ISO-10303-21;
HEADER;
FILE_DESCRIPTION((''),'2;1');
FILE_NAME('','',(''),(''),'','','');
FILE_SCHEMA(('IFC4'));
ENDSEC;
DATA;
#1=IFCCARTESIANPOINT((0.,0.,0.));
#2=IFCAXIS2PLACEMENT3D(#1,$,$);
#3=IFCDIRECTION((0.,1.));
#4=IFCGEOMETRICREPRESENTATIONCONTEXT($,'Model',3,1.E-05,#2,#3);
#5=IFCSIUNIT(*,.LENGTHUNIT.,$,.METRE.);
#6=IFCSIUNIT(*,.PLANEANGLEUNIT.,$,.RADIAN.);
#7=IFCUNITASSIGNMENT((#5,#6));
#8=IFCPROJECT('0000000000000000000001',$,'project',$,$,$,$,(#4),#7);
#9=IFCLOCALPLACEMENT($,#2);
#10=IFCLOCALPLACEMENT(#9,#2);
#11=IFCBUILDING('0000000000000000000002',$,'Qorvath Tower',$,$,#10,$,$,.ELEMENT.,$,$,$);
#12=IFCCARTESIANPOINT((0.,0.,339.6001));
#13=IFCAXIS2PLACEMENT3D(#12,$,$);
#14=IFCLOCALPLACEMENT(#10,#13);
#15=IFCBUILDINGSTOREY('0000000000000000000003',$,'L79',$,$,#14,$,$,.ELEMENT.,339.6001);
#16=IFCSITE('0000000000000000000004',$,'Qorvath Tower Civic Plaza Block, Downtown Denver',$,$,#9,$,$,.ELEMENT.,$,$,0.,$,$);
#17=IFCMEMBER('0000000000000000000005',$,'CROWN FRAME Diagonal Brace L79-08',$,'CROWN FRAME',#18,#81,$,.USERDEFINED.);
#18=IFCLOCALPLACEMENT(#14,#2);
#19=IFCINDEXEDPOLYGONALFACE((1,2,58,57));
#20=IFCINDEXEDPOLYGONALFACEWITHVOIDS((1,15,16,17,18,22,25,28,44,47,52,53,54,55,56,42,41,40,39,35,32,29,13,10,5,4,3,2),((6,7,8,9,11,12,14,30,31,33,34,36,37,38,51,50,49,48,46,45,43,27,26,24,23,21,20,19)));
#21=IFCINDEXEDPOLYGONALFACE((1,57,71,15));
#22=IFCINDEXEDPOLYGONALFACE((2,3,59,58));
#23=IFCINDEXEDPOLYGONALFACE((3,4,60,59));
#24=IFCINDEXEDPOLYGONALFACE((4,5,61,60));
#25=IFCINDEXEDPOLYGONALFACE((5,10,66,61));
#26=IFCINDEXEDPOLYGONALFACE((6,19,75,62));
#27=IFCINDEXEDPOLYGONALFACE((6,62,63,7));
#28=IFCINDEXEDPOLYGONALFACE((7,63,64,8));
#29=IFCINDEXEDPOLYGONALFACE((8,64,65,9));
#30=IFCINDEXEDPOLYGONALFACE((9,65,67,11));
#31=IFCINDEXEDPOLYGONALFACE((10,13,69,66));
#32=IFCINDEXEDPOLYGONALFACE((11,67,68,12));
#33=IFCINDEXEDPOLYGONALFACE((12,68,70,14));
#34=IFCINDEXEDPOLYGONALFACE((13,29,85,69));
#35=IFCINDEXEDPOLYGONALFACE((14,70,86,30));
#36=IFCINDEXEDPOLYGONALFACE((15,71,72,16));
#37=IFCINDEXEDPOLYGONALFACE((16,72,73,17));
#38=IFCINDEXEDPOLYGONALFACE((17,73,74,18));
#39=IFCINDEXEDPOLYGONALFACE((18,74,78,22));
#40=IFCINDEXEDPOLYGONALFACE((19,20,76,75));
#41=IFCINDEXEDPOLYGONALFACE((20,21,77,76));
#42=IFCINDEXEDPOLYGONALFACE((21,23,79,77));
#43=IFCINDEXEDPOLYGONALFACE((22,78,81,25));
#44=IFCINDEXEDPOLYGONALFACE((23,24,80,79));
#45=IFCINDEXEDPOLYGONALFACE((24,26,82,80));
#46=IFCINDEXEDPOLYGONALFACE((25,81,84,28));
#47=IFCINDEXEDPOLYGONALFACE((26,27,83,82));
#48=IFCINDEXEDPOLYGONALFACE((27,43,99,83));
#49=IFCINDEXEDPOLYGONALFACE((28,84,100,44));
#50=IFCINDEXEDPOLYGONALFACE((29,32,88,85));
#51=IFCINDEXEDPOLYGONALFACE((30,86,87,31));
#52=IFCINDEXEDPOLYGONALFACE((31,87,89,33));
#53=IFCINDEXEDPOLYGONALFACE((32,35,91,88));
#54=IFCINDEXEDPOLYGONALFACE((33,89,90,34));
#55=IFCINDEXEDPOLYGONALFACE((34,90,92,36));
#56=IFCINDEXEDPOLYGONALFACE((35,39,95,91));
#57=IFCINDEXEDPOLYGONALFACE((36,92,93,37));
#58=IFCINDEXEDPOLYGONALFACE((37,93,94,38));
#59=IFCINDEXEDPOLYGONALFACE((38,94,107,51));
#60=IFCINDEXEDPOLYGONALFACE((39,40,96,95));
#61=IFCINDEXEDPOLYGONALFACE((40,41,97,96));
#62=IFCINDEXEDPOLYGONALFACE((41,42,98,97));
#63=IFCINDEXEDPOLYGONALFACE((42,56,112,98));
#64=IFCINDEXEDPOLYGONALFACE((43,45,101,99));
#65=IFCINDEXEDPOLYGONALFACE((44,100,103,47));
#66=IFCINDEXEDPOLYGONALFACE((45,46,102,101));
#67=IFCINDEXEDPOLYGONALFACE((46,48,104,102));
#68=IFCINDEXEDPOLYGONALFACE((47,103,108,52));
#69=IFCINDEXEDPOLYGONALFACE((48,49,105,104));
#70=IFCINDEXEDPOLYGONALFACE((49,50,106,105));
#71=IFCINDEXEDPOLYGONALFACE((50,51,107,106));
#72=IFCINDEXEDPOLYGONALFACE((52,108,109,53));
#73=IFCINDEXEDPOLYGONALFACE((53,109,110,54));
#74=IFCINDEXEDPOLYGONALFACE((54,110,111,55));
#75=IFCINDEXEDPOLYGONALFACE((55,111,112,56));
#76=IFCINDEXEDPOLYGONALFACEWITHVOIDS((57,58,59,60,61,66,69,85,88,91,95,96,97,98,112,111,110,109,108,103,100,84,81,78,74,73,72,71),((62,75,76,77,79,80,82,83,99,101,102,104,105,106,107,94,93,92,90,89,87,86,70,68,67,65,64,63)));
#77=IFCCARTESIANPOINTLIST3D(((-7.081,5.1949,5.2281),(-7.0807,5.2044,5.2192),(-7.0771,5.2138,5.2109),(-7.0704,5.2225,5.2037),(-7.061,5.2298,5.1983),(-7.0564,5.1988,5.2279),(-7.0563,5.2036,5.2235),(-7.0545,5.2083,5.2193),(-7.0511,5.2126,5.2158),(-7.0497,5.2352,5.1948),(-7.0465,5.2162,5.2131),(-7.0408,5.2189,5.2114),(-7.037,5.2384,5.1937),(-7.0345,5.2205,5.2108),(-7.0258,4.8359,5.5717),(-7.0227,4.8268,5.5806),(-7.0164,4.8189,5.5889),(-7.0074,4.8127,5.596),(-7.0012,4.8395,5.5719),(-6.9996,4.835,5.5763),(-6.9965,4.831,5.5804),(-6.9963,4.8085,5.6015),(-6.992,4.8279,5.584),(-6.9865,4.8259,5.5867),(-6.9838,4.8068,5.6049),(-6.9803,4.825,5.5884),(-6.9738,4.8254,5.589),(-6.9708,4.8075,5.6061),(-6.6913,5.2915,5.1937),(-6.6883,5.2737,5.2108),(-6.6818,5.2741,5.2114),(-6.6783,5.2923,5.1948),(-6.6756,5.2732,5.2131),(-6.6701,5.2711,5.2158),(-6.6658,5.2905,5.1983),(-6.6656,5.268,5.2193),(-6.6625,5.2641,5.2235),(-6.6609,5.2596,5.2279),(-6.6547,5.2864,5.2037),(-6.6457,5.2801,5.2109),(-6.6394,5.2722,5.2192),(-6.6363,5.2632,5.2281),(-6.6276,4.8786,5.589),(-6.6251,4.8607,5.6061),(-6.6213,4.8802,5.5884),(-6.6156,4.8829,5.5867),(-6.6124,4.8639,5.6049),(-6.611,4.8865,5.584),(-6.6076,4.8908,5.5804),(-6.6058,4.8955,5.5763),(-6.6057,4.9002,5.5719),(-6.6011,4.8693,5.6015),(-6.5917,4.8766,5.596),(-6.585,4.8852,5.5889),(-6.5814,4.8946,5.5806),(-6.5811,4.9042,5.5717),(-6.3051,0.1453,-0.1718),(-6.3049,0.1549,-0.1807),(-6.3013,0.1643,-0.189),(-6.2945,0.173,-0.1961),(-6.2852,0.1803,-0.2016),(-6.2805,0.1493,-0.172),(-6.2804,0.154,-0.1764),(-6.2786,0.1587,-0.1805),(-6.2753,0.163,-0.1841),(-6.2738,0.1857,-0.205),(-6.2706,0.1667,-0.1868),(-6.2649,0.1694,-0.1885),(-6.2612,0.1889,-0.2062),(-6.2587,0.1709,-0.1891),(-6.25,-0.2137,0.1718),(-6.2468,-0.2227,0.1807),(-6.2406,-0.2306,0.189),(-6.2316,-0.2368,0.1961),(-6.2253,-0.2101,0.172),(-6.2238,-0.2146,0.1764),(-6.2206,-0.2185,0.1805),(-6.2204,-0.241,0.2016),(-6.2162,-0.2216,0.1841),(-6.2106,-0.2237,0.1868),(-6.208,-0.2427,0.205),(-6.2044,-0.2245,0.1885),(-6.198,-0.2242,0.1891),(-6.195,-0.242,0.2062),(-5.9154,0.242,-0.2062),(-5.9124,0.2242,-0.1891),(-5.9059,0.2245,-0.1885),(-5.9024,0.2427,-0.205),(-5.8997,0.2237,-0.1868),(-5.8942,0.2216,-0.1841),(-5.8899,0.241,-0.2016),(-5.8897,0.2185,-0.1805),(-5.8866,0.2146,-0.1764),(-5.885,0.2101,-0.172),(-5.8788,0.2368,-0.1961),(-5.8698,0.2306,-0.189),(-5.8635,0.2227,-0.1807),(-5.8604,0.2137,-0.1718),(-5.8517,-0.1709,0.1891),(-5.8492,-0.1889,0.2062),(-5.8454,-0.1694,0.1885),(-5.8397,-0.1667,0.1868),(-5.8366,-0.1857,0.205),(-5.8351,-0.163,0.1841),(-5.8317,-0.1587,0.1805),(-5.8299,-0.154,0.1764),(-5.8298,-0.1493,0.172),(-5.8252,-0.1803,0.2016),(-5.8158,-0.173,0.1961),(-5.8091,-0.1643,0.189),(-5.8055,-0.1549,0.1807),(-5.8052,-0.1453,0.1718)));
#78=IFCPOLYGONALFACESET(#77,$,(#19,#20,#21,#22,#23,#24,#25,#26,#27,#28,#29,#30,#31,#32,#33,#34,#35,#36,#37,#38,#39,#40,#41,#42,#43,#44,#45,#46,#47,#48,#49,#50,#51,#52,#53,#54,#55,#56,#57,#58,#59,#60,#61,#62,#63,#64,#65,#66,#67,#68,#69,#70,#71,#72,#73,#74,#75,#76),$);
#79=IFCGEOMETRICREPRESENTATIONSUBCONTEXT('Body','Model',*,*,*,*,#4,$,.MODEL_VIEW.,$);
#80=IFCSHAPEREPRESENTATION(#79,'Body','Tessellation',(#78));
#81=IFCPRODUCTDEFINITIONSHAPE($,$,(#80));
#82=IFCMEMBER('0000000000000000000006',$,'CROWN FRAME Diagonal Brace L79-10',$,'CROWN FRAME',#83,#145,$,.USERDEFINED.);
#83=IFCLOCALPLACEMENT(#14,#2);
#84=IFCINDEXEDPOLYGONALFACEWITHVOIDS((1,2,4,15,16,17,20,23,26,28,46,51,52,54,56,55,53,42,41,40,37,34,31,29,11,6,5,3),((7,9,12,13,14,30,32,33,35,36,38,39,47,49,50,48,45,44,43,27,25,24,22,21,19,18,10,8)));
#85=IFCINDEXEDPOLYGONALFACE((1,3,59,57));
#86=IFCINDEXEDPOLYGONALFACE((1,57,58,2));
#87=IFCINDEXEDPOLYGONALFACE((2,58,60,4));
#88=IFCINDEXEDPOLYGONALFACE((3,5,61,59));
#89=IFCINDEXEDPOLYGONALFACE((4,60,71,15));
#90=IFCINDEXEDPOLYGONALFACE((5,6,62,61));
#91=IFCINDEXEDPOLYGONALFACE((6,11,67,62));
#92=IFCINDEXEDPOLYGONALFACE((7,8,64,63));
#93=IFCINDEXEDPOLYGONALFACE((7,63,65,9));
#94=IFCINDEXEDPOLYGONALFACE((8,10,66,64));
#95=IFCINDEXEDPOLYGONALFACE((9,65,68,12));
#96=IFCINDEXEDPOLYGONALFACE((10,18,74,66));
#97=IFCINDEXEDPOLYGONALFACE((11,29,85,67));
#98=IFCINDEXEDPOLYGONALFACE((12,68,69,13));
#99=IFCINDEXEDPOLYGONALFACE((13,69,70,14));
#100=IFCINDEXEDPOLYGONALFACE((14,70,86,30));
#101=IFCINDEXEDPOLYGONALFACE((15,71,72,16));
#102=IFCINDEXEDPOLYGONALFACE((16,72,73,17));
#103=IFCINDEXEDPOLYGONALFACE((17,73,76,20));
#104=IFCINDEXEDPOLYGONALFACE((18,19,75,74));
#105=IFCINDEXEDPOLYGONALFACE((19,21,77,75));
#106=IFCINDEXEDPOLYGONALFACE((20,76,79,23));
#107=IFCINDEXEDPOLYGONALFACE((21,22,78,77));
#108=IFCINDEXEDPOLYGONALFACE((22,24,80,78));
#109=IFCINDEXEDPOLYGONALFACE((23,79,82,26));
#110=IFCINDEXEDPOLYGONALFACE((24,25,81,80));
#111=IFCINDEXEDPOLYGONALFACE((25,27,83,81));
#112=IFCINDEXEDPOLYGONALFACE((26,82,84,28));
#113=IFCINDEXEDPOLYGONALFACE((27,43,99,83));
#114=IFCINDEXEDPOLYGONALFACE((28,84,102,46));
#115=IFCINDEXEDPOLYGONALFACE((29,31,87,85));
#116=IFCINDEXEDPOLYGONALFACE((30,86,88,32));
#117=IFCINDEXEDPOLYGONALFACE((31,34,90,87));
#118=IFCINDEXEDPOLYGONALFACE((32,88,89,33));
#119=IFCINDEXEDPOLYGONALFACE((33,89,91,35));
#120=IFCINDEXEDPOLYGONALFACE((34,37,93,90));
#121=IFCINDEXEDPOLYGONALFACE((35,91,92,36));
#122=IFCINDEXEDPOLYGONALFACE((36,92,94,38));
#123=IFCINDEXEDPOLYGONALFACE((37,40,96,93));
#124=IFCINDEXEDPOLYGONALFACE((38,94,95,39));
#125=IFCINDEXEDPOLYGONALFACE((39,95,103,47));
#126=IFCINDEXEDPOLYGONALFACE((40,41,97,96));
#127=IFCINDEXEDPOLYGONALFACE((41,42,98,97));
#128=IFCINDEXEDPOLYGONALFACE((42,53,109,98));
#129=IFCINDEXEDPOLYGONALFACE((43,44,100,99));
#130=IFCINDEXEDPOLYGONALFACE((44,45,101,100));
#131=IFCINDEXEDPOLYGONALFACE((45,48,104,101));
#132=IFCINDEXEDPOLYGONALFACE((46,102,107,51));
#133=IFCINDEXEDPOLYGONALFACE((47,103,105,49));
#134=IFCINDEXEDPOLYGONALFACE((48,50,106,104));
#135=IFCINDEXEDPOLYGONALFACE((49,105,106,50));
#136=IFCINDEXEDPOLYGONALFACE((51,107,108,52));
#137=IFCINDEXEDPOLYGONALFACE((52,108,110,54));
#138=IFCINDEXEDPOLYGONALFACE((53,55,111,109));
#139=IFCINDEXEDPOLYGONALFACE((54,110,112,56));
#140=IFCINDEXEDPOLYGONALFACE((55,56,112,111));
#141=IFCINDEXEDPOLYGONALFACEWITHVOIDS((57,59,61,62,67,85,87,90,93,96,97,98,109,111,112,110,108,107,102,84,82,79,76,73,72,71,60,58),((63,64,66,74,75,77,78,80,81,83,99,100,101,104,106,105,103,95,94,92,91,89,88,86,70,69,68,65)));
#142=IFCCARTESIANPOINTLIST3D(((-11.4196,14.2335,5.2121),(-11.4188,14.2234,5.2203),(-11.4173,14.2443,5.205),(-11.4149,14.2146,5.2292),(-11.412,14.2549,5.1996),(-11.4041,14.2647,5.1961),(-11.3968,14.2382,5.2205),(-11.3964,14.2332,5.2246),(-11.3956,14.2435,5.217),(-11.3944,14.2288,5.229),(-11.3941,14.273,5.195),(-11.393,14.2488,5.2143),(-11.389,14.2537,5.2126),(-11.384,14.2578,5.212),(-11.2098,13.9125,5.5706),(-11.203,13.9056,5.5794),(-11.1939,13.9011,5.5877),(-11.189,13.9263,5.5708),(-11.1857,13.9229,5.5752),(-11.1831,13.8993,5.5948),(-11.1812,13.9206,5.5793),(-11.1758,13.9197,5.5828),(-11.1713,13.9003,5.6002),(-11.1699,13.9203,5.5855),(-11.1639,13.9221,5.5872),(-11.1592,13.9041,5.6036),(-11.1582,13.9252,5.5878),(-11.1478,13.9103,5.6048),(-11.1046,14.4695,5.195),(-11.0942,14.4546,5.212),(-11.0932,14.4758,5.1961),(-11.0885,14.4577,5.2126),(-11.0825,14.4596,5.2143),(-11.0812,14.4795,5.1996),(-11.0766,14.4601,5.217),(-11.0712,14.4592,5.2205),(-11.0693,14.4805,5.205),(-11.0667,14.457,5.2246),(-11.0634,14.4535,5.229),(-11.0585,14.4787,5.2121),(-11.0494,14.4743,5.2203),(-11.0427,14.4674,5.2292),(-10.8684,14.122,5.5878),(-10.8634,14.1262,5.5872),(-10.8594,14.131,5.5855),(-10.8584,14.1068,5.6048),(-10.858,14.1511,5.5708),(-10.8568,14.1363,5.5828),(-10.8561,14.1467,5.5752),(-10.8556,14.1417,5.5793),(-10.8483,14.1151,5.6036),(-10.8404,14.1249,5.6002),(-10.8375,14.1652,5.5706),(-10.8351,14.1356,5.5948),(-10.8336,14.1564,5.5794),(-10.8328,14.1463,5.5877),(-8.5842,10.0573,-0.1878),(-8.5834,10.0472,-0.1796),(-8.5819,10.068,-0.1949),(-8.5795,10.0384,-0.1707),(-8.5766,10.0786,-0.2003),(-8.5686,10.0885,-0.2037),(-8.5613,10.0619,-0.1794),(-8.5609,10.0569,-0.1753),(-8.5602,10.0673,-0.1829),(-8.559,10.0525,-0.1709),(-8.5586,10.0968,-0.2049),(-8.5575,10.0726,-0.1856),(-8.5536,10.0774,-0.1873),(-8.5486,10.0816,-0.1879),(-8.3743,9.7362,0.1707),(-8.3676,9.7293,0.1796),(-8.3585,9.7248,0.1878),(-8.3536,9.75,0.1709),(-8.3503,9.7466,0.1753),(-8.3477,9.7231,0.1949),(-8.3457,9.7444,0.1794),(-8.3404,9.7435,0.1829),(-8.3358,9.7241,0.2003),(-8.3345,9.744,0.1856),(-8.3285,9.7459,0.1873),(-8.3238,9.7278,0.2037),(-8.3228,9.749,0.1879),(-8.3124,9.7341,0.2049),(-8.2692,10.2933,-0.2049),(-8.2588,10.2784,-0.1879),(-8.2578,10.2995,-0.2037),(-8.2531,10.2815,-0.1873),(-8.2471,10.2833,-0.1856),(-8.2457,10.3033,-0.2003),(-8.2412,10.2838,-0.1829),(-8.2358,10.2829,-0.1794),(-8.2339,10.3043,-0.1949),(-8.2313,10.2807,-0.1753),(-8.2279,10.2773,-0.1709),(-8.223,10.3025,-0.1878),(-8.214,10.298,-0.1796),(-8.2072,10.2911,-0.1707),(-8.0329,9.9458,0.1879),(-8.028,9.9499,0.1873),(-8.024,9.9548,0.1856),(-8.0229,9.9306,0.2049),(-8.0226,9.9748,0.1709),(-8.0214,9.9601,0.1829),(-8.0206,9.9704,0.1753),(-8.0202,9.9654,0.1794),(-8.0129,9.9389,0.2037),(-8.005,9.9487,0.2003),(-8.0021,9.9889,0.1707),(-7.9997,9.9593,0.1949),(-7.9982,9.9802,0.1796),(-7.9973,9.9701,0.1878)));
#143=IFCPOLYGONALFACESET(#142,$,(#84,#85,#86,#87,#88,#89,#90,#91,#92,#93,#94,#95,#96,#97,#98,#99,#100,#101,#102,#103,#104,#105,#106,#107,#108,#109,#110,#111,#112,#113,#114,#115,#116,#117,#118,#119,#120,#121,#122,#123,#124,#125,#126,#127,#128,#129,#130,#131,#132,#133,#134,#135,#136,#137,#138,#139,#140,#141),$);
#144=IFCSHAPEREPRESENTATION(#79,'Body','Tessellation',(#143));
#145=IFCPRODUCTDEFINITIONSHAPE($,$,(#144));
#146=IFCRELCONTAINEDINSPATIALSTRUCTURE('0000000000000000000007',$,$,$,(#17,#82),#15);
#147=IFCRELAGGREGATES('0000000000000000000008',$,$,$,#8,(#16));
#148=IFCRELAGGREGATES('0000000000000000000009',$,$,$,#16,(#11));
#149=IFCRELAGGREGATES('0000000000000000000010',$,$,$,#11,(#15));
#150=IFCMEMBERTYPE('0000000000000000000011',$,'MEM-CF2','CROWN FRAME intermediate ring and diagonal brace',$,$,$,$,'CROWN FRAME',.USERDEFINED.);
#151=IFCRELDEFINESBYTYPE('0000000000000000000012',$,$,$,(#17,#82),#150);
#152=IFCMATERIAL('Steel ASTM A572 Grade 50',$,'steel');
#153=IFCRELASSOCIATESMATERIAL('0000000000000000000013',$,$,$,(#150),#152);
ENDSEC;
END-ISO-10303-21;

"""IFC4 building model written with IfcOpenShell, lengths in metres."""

from ifc_helpers import new_model, si_unit, direction, frame, origin, origin_2d, place, context, subcontext, project, spatial, hollow_rectangle, extrude, material, material_profile, profile_set, type_object, element, save


model = new_model("IFC4")

# Units and contexts
model_context = context("Model", 3, precision=1e-05, world=origin(), true_north=direction((0.0, 1.0)))
body_context = subcontext(model_context, "Body", "Model", "MODEL_VIEW")
ifc_project = project(units=[si_unit("LENGTHUNIT", "METRE"), si_unit("PLANEANGLEUNIT", "RADIAN")], contexts=[model_context])

# Site, building, storey
site_placement = place(None, origin())
site = spatial("IfcSite", under=ifc_project, at=site_placement, Name="Qorvath Tower Civic Plaza Block, Downtown Denver", CompositionType="ELEMENT", RefElevation=0.0)
building_placement = place(site_placement, origin())
building = spatial("IfcBuilding", under=site, at=building_placement, Name="Qorvath Tower", CompositionType="ELEMENT")
storey_placement = place(building_placement, frame((0.0, 0.0, 339.6001)))
storey = spatial("IfcBuildingStorey", under=building, at=storey_placement, Name="L79", CompositionType="ELEMENT", Elevation=339.6001)

# Members
ifc_material_1 = material(Name="Steel ASTM A572 Grade 50", Category="steel")
ifc_material_profile_1 = material_profile(ifc_material_1, hollow_rectangle(XDim=0.45, YDim=0.6001, WallThickness=0.0249, InnerFilletRadius=0.0249, OuterFilletRadius=0.05, at=origin_2d()), Name="CROWN BOX 600x450x25")
ifc_profile_set_1 = profile_set([ifc_material_profile_1], Name="Steel ASTM A572 Grade 50")
member_type_1 = type_object("IfcMemberType", Name="MEM-CF2", Description="CROWN FRAME intermediate ring and diagonal brace", ElementType="CROWN FRAME", PredefinedType="USERDEFINED", material=ifc_profile_set_1)
member_1_placement = place(storey_placement, frame((-6.0552, 0.0, 0.0), z_axis=(-0.104374, 0.679285, 0.726414), x_axis=(-0.9884, -0.15187, 0.0)))
element("IfcMember", 1, at=member_1_placement, inside=storey, type_object=member_type_1, Name="CROWN FRAME Diagonal Brace L79-08", ObjectType="CROWN FRAME", PredefinedType="USERDEFINED", context=body_context, shape_type="SweptSolid", body=[
    extrude(hollow_rectangle(XDim=0.45, YDim=0.6001, WallThickness=0.0249, InnerFilletRadius=0.0249, OuterFilletRadius=0.05, at=origin_2d()), origin(), (0.0, 0.0, 1.0), 7.4336),
])
member_2_placement = place(storey_placement, frame((-8.2908, 10.0137, 0.0), z_axis=(-0.38359, 0.56498, 0.730518), x_axis=(-0.827333, -0.561712, 0.0)))
element("IfcMember", 2, at=member_2_placement, inside=storey, type_object=member_type_1, Name="CROWN FRAME Diagonal Brace L79-10", ObjectType="CROWN FRAME", PredefinedType="USERDEFINED", context=body_context, shape_type="SweptSolid", body=[
    extrude(hollow_rectangle(XDim=0.45, YDim=0.6001, WallThickness=0.0249, InnerFilletRadius=0.0249, OuterFilletRadius=0.05, at=origin_2d()), origin(), (0.0, 0.0, 1.0), 7.3918),
])

save(model, "model.ifc")
